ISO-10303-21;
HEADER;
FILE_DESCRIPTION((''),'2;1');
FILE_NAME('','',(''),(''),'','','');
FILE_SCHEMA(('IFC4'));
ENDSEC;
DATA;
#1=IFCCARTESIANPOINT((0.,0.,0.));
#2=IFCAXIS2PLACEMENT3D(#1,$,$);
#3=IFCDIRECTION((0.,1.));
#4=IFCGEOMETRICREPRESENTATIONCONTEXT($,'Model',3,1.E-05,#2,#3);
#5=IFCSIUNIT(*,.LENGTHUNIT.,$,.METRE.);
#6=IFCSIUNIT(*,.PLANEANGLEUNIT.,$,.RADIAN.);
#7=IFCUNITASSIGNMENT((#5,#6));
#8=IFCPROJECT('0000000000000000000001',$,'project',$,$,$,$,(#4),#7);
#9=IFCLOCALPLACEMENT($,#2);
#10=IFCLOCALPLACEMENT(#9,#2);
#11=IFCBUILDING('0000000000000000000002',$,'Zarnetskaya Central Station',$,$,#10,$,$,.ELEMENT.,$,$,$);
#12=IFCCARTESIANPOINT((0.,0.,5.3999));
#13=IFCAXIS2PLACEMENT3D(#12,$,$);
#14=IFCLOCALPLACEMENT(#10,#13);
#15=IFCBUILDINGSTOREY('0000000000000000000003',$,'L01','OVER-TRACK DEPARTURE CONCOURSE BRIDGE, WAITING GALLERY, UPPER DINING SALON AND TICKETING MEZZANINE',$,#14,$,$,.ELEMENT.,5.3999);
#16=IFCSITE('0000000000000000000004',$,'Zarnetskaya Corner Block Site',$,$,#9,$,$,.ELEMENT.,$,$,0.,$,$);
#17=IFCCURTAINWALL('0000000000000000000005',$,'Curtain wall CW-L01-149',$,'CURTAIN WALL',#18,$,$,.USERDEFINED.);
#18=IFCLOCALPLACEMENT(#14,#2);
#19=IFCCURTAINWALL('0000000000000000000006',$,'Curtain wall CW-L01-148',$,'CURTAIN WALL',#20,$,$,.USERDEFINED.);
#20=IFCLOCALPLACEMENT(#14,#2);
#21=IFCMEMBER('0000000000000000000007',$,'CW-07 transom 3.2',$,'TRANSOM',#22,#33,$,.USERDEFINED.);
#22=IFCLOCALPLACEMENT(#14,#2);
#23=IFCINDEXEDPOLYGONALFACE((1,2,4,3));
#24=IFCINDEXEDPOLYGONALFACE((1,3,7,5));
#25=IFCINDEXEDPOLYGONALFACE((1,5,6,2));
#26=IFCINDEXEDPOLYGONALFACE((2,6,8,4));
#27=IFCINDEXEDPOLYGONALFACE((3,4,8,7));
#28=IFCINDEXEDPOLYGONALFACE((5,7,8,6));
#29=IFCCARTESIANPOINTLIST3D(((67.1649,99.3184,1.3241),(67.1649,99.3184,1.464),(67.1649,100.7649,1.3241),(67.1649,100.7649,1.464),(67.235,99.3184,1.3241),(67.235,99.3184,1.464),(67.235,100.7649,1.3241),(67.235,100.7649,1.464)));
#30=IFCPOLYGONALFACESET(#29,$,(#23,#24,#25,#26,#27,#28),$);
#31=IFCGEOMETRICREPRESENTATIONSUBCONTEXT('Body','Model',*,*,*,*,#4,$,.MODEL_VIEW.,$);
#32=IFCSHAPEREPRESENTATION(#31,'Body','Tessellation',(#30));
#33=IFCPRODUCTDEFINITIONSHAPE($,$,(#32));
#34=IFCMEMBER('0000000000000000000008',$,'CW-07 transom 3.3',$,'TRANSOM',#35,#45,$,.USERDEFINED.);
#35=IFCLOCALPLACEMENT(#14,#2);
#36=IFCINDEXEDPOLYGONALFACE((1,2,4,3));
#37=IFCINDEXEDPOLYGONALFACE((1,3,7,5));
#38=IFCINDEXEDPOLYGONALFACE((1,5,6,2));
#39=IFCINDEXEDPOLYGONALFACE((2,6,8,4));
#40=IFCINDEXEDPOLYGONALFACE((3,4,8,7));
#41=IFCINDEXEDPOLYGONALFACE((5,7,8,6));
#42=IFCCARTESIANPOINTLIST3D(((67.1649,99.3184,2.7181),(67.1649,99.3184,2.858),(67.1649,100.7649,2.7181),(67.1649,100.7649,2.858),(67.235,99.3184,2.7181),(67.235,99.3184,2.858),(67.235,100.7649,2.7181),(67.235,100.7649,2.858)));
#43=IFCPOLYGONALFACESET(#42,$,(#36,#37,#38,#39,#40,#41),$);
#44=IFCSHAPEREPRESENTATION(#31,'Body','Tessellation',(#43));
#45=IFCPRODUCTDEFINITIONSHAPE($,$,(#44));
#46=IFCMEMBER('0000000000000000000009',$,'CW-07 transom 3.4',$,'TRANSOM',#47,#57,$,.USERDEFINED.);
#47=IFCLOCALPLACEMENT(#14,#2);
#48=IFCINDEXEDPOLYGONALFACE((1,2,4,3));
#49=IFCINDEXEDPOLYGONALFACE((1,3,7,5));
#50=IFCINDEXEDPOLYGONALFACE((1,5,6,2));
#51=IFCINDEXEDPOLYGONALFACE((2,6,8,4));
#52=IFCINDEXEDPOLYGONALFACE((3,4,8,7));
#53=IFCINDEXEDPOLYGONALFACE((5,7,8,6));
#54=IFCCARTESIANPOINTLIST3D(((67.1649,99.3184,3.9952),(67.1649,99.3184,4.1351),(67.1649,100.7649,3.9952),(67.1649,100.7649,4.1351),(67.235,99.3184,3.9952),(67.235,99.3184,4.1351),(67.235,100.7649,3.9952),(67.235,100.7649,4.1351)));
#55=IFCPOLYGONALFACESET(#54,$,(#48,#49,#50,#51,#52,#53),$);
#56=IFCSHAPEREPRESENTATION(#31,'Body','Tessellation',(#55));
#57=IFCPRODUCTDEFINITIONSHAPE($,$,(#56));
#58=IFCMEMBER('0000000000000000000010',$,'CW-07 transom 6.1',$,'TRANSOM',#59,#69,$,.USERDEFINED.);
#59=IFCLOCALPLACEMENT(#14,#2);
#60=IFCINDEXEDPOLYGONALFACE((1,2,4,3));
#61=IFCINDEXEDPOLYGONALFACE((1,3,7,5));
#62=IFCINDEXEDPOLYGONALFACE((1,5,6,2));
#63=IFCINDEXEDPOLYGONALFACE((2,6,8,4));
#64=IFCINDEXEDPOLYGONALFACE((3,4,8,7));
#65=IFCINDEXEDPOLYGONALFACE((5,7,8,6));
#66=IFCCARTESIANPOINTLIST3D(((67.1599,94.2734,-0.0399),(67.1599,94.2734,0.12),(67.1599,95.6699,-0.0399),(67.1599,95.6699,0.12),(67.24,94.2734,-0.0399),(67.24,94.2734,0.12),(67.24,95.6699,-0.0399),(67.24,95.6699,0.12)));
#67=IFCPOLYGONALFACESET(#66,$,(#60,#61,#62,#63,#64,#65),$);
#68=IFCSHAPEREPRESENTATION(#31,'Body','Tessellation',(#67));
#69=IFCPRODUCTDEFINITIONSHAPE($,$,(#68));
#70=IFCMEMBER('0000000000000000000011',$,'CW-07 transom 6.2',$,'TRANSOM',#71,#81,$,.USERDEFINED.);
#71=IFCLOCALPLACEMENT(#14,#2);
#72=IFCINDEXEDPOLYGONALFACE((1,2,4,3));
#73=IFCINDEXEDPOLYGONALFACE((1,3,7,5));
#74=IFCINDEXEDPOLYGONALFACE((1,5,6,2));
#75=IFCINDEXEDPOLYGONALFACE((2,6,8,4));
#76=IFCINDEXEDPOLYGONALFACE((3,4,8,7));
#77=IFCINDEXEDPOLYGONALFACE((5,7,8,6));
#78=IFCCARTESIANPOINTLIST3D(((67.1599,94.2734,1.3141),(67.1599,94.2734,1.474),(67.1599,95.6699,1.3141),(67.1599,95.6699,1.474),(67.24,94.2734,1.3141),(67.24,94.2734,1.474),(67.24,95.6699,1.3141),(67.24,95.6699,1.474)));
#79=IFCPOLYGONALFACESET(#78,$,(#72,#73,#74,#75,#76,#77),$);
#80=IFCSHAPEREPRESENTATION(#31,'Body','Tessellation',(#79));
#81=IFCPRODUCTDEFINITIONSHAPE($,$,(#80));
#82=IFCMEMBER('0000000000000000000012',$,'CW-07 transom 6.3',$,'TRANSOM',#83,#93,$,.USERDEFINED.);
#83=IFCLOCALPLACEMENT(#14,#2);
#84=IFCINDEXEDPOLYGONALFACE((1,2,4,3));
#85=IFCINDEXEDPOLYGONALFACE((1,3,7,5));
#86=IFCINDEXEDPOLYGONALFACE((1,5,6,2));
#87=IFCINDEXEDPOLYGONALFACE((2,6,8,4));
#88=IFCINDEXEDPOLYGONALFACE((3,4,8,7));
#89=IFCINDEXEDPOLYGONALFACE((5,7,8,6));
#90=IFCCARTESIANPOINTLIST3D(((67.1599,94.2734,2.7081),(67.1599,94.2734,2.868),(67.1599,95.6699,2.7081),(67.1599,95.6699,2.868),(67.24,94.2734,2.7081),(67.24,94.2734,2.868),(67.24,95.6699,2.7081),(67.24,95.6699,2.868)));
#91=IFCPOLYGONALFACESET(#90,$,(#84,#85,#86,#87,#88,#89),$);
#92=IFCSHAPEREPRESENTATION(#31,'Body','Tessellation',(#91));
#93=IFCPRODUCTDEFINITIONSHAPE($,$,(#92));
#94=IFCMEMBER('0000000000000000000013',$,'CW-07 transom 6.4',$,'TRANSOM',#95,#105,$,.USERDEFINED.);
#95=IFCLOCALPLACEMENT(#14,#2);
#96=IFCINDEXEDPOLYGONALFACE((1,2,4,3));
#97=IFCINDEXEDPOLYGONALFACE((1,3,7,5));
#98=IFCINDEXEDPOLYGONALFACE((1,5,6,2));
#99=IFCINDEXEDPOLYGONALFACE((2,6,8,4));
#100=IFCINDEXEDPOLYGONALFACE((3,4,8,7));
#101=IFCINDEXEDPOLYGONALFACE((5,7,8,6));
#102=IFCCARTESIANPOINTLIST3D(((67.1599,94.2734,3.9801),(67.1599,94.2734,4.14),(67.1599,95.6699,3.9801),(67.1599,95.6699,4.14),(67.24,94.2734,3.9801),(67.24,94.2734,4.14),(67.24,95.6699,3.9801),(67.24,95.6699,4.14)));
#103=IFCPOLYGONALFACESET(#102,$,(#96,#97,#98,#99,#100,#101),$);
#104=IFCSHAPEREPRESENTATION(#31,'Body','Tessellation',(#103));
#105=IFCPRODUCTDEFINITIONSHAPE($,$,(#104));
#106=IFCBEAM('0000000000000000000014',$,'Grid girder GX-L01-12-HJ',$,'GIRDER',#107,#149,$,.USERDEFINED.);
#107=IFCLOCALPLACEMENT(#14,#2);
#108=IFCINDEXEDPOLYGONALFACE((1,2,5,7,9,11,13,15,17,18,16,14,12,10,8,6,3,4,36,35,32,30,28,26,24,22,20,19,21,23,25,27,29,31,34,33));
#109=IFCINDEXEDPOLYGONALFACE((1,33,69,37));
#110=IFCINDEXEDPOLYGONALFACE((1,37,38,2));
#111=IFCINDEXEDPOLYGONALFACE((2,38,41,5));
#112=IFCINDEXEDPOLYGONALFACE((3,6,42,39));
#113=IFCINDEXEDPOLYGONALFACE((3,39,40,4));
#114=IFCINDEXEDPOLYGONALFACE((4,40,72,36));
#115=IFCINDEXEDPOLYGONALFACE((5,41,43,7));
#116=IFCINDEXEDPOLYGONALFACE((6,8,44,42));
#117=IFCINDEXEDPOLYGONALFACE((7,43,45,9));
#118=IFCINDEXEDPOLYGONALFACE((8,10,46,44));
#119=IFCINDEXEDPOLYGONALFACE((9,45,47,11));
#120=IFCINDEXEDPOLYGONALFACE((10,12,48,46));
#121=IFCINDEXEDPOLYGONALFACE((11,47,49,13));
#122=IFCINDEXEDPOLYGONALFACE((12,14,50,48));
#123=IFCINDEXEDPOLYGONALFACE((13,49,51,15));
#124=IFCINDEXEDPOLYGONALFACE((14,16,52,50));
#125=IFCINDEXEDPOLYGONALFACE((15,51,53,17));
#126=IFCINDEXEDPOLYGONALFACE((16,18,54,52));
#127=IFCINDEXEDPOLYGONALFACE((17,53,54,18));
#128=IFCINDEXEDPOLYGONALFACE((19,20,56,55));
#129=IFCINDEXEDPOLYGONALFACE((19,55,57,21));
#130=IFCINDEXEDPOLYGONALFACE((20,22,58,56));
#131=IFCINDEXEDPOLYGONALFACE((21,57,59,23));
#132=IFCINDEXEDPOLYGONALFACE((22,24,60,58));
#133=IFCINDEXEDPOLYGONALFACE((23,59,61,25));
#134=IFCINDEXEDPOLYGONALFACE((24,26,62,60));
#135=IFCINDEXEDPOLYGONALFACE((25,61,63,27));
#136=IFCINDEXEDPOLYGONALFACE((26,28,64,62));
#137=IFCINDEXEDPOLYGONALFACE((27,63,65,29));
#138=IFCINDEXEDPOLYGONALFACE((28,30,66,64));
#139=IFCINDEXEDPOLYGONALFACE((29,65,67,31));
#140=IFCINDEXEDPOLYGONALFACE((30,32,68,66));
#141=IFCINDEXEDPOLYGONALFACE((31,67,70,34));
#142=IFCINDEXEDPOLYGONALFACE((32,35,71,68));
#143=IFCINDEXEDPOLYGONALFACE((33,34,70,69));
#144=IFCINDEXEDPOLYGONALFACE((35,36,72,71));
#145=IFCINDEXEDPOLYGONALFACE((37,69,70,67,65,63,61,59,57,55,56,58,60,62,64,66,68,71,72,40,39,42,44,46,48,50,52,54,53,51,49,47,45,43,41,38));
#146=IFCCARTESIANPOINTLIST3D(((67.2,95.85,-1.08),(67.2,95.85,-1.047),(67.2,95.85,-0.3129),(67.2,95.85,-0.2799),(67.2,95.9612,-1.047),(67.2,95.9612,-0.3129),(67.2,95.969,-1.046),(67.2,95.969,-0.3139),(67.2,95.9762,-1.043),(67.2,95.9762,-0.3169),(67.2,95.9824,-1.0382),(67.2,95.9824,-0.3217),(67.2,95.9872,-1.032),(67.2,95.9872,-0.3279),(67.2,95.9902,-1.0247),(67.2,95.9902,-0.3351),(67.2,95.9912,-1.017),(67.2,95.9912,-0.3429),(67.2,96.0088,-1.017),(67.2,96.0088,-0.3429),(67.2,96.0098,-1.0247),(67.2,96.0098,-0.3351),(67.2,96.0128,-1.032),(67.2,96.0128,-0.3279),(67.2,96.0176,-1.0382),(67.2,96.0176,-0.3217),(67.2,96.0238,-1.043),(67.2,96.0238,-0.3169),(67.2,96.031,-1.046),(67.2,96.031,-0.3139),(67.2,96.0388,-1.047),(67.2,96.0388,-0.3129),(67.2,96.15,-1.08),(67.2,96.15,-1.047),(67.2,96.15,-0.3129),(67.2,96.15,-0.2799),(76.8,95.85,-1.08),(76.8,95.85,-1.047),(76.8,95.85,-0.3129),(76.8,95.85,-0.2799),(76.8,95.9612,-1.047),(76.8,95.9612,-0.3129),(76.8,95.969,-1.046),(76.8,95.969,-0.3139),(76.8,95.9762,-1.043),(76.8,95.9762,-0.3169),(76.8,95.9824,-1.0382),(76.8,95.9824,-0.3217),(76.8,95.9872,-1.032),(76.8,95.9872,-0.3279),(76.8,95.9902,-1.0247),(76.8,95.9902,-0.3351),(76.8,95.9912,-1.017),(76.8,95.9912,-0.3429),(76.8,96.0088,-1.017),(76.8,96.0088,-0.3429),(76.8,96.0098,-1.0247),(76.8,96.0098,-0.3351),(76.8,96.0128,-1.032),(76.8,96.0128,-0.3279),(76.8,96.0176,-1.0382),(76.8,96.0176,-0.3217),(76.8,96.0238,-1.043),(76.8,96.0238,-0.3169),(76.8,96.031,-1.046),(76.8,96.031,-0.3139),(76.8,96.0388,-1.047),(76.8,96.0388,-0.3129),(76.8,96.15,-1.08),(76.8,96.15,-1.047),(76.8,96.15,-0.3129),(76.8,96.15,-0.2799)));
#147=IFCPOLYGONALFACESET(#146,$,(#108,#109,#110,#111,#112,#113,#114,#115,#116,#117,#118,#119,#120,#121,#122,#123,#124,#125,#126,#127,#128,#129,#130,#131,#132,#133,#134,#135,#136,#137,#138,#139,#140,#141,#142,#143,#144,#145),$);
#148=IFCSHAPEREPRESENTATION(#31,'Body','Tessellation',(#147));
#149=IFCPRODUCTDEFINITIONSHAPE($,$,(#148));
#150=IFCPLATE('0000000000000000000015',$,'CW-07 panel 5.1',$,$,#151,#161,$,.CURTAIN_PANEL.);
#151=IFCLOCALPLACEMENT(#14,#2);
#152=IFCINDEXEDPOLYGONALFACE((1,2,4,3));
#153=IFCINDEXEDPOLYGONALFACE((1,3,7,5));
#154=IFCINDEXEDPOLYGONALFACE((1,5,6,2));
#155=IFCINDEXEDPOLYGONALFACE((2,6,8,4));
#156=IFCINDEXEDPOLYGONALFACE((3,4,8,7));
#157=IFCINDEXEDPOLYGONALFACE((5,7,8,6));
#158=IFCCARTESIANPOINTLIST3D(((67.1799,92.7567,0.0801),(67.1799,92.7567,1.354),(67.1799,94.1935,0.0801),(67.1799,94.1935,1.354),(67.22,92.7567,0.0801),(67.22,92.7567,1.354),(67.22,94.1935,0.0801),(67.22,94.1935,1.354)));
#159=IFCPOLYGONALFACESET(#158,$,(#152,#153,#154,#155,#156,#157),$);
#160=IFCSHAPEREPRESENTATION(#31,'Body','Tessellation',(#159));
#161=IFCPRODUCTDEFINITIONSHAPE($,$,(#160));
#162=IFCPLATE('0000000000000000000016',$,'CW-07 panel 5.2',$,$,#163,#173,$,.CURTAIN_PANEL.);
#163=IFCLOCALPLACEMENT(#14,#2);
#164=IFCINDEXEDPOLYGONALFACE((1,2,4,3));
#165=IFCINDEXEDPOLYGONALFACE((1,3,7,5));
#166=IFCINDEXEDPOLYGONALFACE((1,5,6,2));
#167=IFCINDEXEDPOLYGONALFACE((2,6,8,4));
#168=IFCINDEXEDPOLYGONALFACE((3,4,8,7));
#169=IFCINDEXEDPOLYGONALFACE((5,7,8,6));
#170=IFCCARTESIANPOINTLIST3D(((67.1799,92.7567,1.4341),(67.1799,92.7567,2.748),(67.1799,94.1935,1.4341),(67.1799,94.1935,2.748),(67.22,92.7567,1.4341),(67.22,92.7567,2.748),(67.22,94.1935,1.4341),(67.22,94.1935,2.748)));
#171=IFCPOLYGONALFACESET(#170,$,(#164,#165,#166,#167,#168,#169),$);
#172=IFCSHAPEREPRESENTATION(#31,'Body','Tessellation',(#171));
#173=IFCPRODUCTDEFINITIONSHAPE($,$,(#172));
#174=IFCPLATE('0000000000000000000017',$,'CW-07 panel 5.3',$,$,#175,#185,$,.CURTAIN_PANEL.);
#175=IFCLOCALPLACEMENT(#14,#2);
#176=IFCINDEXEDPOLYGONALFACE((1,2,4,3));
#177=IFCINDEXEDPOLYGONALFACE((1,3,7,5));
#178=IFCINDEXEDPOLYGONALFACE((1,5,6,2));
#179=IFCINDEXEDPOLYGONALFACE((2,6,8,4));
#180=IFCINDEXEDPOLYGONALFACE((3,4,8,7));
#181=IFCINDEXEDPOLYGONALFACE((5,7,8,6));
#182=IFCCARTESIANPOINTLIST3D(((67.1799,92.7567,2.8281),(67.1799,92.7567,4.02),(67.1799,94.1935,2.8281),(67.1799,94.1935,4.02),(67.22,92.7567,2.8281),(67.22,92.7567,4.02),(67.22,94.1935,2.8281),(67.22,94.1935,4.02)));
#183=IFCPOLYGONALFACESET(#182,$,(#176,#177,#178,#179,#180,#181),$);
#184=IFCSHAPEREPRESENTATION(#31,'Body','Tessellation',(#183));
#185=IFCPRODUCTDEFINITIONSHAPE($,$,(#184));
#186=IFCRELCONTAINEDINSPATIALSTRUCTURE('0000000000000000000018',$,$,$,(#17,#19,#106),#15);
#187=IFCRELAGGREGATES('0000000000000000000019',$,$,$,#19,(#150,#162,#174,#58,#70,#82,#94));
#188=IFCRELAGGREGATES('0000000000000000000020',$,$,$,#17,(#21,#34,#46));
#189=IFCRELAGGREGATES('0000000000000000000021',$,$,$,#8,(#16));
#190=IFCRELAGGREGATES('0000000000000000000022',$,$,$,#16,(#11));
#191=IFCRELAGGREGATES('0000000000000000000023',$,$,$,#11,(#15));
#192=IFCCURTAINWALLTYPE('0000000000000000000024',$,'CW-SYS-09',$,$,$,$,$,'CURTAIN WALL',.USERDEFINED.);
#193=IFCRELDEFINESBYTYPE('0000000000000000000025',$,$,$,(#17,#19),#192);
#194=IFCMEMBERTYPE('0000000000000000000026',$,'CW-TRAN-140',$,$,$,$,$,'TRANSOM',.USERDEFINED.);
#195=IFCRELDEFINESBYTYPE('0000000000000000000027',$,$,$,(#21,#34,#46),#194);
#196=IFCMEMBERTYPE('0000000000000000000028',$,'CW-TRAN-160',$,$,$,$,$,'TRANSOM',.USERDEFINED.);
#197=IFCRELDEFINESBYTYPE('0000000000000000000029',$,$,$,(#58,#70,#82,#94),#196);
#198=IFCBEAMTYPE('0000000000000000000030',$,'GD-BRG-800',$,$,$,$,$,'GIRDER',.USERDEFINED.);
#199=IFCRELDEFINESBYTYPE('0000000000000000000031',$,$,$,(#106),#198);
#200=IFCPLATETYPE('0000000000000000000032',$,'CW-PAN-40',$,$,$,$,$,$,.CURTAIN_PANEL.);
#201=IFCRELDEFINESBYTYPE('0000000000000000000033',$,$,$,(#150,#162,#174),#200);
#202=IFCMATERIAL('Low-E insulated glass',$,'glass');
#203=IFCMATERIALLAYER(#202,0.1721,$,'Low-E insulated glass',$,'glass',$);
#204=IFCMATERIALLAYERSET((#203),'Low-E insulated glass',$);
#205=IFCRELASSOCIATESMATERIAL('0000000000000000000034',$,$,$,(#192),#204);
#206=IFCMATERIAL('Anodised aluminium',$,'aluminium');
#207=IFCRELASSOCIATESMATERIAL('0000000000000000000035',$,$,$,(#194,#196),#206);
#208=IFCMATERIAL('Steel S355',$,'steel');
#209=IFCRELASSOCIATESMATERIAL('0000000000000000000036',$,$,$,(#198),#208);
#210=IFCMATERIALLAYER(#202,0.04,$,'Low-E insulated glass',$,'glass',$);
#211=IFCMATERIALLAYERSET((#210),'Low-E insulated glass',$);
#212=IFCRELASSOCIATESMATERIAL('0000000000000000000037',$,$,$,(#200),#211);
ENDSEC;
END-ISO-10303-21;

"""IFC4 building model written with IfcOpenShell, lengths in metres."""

from ifc_helpers import new_model, si_unit, direction, frame, origin, origin_2d, place, context, subcontext, project, spatial, rectangle, i_section, extrude, material, layer, layer_set, material_profile, profile_set, type_object, element, aggregate, save


model = new_model("IFC4")

# Units and contexts
model_context = context("Model", 3, precision=1e-05, world=origin(), true_north=direction((0.0, 1.0)))
body_context = subcontext(model_context, "Body", "Model", "MODEL_VIEW")
ifc_project = project(units=[si_unit("LENGTHUNIT", "METRE"), si_unit("PLANEANGLEUNIT", "RADIAN")], contexts=[model_context])

# Site, building, storey
site_placement = place(None, origin())
site = spatial("IfcSite", under=ifc_project, at=site_placement, Name="Zarnetskaya Corner Block Site", CompositionType="ELEMENT", RefElevation=0.0)
building_placement = place(site_placement, origin())
building = spatial("IfcBuilding", under=site, at=building_placement, Name="Zarnetskaya Central Station", CompositionType="ELEMENT")
storey_placement = place(building_placement, frame((0.0, 0.0, 5.3999)))
storey = spatial("IfcBuildingStorey", under=building, at=storey_placement, Name="L01", Description="OVER-TRACK DEPARTURE CONCOURSE BRIDGE, WAITING GALLERY, UPPER DINING SALON AND TICKETING MEZZANINE", CompositionType="ELEMENT", Elevation=5.3999)

# Curtain walls
ifc_material_1 = material(Name="Low-E insulated glass", Category="glass")
ifc_layer_1 = layer(ifc_material_1, 0.1721, Name="Low-E insulated glass", Category="glass")
ifc_layer_set_1 = layer_set([ifc_layer_1], Name="Low-E insulated glass")
curtain_wall_type = type_object("IfcCurtainWallType", Name="CW-SYS-09", ElementType="CURTAIN WALL", PredefinedType="USERDEFINED", material=ifc_layer_set_1)
curtain_wall_1_placement = place(storey_placement, origin())
curtain_wall_1 = element("IfcCurtainWall", 1, at=curtain_wall_1_placement, inside=storey, type_object=curtain_wall_type, Name="Curtain wall CW-L01-149", ObjectType="CURTAIN WALL", PredefinedType="USERDEFINED")
ifc_material_2 = material(Name="Anodised aluminium", Category="aluminium")
curtain_wall_2_placement = place(storey_placement, origin())
curtain_wall_2 = element("IfcCurtainWall", 2, at=curtain_wall_2_placement, inside=storey, type_object=curtain_wall_type, Name="Curtain wall CW-L01-148", ObjectType="CURTAIN WALL", PredefinedType="USERDEFINED")

# Members
ifc_material_profile_1 = material_profile(ifc_material_2, rectangle(XDim=0.0701, YDim=0.1399, at=origin_2d()), Name="ALU TRAN 70x140")
ifc_profile_set_1 = profile_set([ifc_material_profile_1], Name="Anodised aluminium")
member_type_1 = type_object("IfcMemberType", Name="CW-TRAN-140", ElementType="TRANSOM", PredefinedType="USERDEFINED", material=ifc_profile_set_1)
member_1_placement = place(storey_placement, frame((67.2, 99.3184, 1.394), z_axis=(0.0, 1.0, 0.0), x_axis=(-1.0, 0.0, 0.0)))
member_1 = element("IfcMember", 3, at=member_1_placement, type_object=member_type_1, Name="CW-07 transom 3.2", ObjectType="TRANSOM", PredefinedType="USERDEFINED", context=body_context, shape_type="SweptSolid", body=[
    extrude(rectangle(XDim=0.0701, YDim=0.1399, at=origin_2d()), origin(), (0.0, 0.0, 1.0), 1.4465),
])
member_2_placement = place(storey_placement, frame((67.2, 99.3184, 2.7881), z_axis=(0.0, 1.0, 0.0), x_axis=(-1.0, 0.0, 0.0)))
member_2 = element("IfcMember", 4, at=member_2_placement, type_object=member_type_1, Name="CW-07 transom 3.3", ObjectType="TRANSOM", PredefinedType="USERDEFINED", context=body_context, shape_type="SweptSolid", body=[
    extrude(rectangle(XDim=0.0701, YDim=0.1399, at=origin_2d()), origin(), (0.0, 0.0, 1.0), 1.4465),
])
member_3_placement = place(storey_placement, frame((67.2, 99.3184, 4.0652), z_axis=(0.0, 1.0, 0.0), x_axis=(-1.0, 0.0, 0.0)))
member_3 = element("IfcMember", 5, at=member_3_placement, type_object=member_type_1, Name="CW-07 transom 3.4", ObjectType="TRANSOM", PredefinedType="USERDEFINED", context=body_context, shape_type="SweptSolid", body=[
    extrude(rectangle(XDim=0.0701, YDim=0.1399, at=origin_2d()), origin(), (0.0, 0.0, 1.0), 1.4465),
])
ifc_material_profile_2 = material_profile(ifc_material_2, rectangle(XDim=0.0801, YDim=0.1599, at=origin_2d()), Name="ALU TRAN 80x160")
ifc_profile_set_2 = profile_set([ifc_material_profile_2], Name="Anodised aluminium")
member_type_2 = type_object("IfcMemberType", Name="CW-TRAN-160", ElementType="TRANSOM", PredefinedType="USERDEFINED", material=ifc_profile_set_2)
member_4_placement = place(storey_placement, frame((67.2, 94.2734, 0.04), z_axis=(0.0, 1.0, 0.0), x_axis=(-1.0, 0.0, 0.0)))
member_4 = element("IfcMember", 6, at=member_4_placement, type_object=member_type_2, Name="CW-07 transom 6.1", ObjectType="TRANSOM", PredefinedType="USERDEFINED", context=body_context, shape_type="SweptSolid", body=[
    extrude(rectangle(XDim=0.0801, YDim=0.1599, at=origin_2d()), origin(), (0.0, 0.0, 1.0), 1.3965),
])
member_5_placement = place(storey_placement, frame((67.2, 94.2734, 1.394), z_axis=(0.0, 1.0, 0.0), x_axis=(-1.0, 0.0, 0.0)))
member_5 = element("IfcMember", 7, at=member_5_placement, type_object=member_type_2, Name="CW-07 transom 6.2", ObjectType="TRANSOM", PredefinedType="USERDEFINED", context=body_context, shape_type="SweptSolid", body=[
    extrude(rectangle(XDim=0.0801, YDim=0.1599, at=origin_2d()), origin(), (0.0, 0.0, 1.0), 1.3965),
])
member_6_placement = place(storey_placement, frame((67.2, 94.2734, 2.7881), z_axis=(0.0, 1.0, 0.0), x_axis=(-1.0, 0.0, 0.0)))
member_6 = element("IfcMember", 8, at=member_6_placement, type_object=member_type_2, Name="CW-07 transom 6.3", ObjectType="TRANSOM", PredefinedType="USERDEFINED", context=body_context, shape_type="SweptSolid", body=[
    extrude(rectangle(XDim=0.0801, YDim=0.1599, at=origin_2d()), origin(), (0.0, 0.0, 1.0), 1.3965),
])
member_7_placement = place(storey_placement, frame((67.2, 94.2734, 4.0601), z_axis=(0.0, 1.0, 0.0), x_axis=(-1.0, 0.0, 0.0)))
member_7 = element("IfcMember", 9, at=member_7_placement, type_object=member_type_2, Name="CW-07 transom 6.4", ObjectType="TRANSOM", PredefinedType="USERDEFINED", context=body_context, shape_type="SweptSolid", body=[
    extrude(rectangle(XDim=0.0801, YDim=0.1599, at=origin_2d()), origin(), (0.0, 0.0, 1.0), 1.3965),
])

# Beam
ifc_material_3 = material(Name="Steel S355", Category="steel")
ifc_material_profile_3 = material_profile(ifc_material_3, i_section(OverallWidth=0.3, OverallDepth=0.8, WebThickness=0.0176, FlangeThickness=0.033, FilletRadius=0.03, at=origin_2d()), Name="HEB 800")
ifc_profile_set_3 = profile_set([ifc_material_profile_3], Name="Steel S355")
beam_type = type_object("IfcBeamType", Name="GD-BRG-800", ElementType="GIRDER", PredefinedType="USERDEFINED", material=ifc_profile_set_3)
beam_placement = place(storey_placement, frame((67.2, 96.0, -0.6799), z_axis=(1.0, 0.0, 0.0), x_axis=(0.0, 1.0, 0.0)))
element("IfcBeam", 10, at=beam_placement, inside=storey, type_object=beam_type, Name="Grid girder GX-L01-12-HJ", ObjectType="GIRDER", PredefinedType="USERDEFINED", context=body_context, shape_type="SweptSolid", body=[
    extrude(i_section(OverallWidth=0.3, OverallDepth=0.8, WebThickness=0.0176, FlangeThickness=0.033, FilletRadius=0.03, at=origin_2d()), origin(), (0.0, 0.0, 1.0), 9.6001),
])

# Plates
ifc_layer_2 = layer(ifc_material_1, 0.04, Name="Low-E insulated glass", Category="glass")
ifc_layer_set_2 = layer_set([ifc_layer_2], Name="Low-E insulated glass")
plate_type_1 = type_object("IfcPlateType", Name="CW-PAN-40", PredefinedType="CURTAIN_PANEL", material=ifc_layer_set_2)
plate_1_placement = place(storey_placement, frame((67.2, 93.4751, 0.0801), z_axis=(0.0, 0.0, 1.0), x_axis=(0.0, 1.0, 0.0)))
plate_1 = element("IfcPlate", 11, at=plate_1_placement, type_object=plate_type_1, Name="CW-07 panel 5.1", PredefinedType="CURTAIN_PANEL", context=body_context, shape_type="SweptSolid", body=[
    extrude(rectangle(XDim=1.4368, YDim=0.04, at=origin_2d()), origin(), (0.0, 0.0, 1.0), 1.2739),
])
plate_2_placement = place(storey_placement, frame((67.2, 93.4751, 1.4341), z_axis=(0.0, 0.0, 1.0), x_axis=(0.0, 1.0, 0.0)))
plate_2 = element("IfcPlate", 12, at=plate_2_placement, type_object=plate_type_1, Name="CW-07 panel 5.2", PredefinedType="CURTAIN_PANEL", context=body_context, shape_type="SweptSolid", body=[
    extrude(rectangle(XDim=1.4368, YDim=0.04, at=origin_2d()), origin(), (0.0, 0.0, 1.0), 1.314),
])
plate_3_placement = place(storey_placement, frame((67.2, 93.4751, 2.8281), z_axis=(0.0, 0.0, 1.0), x_axis=(0.0, 1.0, 0.0)))
plate_3 = element("IfcPlate", 13, at=plate_3_placement, type_object=plate_type_1, Name="CW-07 panel 5.3", PredefinedType="CURTAIN_PANEL", context=body_context, shape_type="SweptSolid", body=[
    extrude(rectangle(XDim=1.4368, YDim=0.04, at=origin_2d()), origin(), (0.0, 0.0, 1.0), 1.1919),
])
aggregate(curtain_wall_2, [plate_1, plate_2, plate_3, member_4, member_5, member_6, member_7])
aggregate(curtain_wall_1, [member_1, member_2, member_3])

save(model, "model.ifc")
